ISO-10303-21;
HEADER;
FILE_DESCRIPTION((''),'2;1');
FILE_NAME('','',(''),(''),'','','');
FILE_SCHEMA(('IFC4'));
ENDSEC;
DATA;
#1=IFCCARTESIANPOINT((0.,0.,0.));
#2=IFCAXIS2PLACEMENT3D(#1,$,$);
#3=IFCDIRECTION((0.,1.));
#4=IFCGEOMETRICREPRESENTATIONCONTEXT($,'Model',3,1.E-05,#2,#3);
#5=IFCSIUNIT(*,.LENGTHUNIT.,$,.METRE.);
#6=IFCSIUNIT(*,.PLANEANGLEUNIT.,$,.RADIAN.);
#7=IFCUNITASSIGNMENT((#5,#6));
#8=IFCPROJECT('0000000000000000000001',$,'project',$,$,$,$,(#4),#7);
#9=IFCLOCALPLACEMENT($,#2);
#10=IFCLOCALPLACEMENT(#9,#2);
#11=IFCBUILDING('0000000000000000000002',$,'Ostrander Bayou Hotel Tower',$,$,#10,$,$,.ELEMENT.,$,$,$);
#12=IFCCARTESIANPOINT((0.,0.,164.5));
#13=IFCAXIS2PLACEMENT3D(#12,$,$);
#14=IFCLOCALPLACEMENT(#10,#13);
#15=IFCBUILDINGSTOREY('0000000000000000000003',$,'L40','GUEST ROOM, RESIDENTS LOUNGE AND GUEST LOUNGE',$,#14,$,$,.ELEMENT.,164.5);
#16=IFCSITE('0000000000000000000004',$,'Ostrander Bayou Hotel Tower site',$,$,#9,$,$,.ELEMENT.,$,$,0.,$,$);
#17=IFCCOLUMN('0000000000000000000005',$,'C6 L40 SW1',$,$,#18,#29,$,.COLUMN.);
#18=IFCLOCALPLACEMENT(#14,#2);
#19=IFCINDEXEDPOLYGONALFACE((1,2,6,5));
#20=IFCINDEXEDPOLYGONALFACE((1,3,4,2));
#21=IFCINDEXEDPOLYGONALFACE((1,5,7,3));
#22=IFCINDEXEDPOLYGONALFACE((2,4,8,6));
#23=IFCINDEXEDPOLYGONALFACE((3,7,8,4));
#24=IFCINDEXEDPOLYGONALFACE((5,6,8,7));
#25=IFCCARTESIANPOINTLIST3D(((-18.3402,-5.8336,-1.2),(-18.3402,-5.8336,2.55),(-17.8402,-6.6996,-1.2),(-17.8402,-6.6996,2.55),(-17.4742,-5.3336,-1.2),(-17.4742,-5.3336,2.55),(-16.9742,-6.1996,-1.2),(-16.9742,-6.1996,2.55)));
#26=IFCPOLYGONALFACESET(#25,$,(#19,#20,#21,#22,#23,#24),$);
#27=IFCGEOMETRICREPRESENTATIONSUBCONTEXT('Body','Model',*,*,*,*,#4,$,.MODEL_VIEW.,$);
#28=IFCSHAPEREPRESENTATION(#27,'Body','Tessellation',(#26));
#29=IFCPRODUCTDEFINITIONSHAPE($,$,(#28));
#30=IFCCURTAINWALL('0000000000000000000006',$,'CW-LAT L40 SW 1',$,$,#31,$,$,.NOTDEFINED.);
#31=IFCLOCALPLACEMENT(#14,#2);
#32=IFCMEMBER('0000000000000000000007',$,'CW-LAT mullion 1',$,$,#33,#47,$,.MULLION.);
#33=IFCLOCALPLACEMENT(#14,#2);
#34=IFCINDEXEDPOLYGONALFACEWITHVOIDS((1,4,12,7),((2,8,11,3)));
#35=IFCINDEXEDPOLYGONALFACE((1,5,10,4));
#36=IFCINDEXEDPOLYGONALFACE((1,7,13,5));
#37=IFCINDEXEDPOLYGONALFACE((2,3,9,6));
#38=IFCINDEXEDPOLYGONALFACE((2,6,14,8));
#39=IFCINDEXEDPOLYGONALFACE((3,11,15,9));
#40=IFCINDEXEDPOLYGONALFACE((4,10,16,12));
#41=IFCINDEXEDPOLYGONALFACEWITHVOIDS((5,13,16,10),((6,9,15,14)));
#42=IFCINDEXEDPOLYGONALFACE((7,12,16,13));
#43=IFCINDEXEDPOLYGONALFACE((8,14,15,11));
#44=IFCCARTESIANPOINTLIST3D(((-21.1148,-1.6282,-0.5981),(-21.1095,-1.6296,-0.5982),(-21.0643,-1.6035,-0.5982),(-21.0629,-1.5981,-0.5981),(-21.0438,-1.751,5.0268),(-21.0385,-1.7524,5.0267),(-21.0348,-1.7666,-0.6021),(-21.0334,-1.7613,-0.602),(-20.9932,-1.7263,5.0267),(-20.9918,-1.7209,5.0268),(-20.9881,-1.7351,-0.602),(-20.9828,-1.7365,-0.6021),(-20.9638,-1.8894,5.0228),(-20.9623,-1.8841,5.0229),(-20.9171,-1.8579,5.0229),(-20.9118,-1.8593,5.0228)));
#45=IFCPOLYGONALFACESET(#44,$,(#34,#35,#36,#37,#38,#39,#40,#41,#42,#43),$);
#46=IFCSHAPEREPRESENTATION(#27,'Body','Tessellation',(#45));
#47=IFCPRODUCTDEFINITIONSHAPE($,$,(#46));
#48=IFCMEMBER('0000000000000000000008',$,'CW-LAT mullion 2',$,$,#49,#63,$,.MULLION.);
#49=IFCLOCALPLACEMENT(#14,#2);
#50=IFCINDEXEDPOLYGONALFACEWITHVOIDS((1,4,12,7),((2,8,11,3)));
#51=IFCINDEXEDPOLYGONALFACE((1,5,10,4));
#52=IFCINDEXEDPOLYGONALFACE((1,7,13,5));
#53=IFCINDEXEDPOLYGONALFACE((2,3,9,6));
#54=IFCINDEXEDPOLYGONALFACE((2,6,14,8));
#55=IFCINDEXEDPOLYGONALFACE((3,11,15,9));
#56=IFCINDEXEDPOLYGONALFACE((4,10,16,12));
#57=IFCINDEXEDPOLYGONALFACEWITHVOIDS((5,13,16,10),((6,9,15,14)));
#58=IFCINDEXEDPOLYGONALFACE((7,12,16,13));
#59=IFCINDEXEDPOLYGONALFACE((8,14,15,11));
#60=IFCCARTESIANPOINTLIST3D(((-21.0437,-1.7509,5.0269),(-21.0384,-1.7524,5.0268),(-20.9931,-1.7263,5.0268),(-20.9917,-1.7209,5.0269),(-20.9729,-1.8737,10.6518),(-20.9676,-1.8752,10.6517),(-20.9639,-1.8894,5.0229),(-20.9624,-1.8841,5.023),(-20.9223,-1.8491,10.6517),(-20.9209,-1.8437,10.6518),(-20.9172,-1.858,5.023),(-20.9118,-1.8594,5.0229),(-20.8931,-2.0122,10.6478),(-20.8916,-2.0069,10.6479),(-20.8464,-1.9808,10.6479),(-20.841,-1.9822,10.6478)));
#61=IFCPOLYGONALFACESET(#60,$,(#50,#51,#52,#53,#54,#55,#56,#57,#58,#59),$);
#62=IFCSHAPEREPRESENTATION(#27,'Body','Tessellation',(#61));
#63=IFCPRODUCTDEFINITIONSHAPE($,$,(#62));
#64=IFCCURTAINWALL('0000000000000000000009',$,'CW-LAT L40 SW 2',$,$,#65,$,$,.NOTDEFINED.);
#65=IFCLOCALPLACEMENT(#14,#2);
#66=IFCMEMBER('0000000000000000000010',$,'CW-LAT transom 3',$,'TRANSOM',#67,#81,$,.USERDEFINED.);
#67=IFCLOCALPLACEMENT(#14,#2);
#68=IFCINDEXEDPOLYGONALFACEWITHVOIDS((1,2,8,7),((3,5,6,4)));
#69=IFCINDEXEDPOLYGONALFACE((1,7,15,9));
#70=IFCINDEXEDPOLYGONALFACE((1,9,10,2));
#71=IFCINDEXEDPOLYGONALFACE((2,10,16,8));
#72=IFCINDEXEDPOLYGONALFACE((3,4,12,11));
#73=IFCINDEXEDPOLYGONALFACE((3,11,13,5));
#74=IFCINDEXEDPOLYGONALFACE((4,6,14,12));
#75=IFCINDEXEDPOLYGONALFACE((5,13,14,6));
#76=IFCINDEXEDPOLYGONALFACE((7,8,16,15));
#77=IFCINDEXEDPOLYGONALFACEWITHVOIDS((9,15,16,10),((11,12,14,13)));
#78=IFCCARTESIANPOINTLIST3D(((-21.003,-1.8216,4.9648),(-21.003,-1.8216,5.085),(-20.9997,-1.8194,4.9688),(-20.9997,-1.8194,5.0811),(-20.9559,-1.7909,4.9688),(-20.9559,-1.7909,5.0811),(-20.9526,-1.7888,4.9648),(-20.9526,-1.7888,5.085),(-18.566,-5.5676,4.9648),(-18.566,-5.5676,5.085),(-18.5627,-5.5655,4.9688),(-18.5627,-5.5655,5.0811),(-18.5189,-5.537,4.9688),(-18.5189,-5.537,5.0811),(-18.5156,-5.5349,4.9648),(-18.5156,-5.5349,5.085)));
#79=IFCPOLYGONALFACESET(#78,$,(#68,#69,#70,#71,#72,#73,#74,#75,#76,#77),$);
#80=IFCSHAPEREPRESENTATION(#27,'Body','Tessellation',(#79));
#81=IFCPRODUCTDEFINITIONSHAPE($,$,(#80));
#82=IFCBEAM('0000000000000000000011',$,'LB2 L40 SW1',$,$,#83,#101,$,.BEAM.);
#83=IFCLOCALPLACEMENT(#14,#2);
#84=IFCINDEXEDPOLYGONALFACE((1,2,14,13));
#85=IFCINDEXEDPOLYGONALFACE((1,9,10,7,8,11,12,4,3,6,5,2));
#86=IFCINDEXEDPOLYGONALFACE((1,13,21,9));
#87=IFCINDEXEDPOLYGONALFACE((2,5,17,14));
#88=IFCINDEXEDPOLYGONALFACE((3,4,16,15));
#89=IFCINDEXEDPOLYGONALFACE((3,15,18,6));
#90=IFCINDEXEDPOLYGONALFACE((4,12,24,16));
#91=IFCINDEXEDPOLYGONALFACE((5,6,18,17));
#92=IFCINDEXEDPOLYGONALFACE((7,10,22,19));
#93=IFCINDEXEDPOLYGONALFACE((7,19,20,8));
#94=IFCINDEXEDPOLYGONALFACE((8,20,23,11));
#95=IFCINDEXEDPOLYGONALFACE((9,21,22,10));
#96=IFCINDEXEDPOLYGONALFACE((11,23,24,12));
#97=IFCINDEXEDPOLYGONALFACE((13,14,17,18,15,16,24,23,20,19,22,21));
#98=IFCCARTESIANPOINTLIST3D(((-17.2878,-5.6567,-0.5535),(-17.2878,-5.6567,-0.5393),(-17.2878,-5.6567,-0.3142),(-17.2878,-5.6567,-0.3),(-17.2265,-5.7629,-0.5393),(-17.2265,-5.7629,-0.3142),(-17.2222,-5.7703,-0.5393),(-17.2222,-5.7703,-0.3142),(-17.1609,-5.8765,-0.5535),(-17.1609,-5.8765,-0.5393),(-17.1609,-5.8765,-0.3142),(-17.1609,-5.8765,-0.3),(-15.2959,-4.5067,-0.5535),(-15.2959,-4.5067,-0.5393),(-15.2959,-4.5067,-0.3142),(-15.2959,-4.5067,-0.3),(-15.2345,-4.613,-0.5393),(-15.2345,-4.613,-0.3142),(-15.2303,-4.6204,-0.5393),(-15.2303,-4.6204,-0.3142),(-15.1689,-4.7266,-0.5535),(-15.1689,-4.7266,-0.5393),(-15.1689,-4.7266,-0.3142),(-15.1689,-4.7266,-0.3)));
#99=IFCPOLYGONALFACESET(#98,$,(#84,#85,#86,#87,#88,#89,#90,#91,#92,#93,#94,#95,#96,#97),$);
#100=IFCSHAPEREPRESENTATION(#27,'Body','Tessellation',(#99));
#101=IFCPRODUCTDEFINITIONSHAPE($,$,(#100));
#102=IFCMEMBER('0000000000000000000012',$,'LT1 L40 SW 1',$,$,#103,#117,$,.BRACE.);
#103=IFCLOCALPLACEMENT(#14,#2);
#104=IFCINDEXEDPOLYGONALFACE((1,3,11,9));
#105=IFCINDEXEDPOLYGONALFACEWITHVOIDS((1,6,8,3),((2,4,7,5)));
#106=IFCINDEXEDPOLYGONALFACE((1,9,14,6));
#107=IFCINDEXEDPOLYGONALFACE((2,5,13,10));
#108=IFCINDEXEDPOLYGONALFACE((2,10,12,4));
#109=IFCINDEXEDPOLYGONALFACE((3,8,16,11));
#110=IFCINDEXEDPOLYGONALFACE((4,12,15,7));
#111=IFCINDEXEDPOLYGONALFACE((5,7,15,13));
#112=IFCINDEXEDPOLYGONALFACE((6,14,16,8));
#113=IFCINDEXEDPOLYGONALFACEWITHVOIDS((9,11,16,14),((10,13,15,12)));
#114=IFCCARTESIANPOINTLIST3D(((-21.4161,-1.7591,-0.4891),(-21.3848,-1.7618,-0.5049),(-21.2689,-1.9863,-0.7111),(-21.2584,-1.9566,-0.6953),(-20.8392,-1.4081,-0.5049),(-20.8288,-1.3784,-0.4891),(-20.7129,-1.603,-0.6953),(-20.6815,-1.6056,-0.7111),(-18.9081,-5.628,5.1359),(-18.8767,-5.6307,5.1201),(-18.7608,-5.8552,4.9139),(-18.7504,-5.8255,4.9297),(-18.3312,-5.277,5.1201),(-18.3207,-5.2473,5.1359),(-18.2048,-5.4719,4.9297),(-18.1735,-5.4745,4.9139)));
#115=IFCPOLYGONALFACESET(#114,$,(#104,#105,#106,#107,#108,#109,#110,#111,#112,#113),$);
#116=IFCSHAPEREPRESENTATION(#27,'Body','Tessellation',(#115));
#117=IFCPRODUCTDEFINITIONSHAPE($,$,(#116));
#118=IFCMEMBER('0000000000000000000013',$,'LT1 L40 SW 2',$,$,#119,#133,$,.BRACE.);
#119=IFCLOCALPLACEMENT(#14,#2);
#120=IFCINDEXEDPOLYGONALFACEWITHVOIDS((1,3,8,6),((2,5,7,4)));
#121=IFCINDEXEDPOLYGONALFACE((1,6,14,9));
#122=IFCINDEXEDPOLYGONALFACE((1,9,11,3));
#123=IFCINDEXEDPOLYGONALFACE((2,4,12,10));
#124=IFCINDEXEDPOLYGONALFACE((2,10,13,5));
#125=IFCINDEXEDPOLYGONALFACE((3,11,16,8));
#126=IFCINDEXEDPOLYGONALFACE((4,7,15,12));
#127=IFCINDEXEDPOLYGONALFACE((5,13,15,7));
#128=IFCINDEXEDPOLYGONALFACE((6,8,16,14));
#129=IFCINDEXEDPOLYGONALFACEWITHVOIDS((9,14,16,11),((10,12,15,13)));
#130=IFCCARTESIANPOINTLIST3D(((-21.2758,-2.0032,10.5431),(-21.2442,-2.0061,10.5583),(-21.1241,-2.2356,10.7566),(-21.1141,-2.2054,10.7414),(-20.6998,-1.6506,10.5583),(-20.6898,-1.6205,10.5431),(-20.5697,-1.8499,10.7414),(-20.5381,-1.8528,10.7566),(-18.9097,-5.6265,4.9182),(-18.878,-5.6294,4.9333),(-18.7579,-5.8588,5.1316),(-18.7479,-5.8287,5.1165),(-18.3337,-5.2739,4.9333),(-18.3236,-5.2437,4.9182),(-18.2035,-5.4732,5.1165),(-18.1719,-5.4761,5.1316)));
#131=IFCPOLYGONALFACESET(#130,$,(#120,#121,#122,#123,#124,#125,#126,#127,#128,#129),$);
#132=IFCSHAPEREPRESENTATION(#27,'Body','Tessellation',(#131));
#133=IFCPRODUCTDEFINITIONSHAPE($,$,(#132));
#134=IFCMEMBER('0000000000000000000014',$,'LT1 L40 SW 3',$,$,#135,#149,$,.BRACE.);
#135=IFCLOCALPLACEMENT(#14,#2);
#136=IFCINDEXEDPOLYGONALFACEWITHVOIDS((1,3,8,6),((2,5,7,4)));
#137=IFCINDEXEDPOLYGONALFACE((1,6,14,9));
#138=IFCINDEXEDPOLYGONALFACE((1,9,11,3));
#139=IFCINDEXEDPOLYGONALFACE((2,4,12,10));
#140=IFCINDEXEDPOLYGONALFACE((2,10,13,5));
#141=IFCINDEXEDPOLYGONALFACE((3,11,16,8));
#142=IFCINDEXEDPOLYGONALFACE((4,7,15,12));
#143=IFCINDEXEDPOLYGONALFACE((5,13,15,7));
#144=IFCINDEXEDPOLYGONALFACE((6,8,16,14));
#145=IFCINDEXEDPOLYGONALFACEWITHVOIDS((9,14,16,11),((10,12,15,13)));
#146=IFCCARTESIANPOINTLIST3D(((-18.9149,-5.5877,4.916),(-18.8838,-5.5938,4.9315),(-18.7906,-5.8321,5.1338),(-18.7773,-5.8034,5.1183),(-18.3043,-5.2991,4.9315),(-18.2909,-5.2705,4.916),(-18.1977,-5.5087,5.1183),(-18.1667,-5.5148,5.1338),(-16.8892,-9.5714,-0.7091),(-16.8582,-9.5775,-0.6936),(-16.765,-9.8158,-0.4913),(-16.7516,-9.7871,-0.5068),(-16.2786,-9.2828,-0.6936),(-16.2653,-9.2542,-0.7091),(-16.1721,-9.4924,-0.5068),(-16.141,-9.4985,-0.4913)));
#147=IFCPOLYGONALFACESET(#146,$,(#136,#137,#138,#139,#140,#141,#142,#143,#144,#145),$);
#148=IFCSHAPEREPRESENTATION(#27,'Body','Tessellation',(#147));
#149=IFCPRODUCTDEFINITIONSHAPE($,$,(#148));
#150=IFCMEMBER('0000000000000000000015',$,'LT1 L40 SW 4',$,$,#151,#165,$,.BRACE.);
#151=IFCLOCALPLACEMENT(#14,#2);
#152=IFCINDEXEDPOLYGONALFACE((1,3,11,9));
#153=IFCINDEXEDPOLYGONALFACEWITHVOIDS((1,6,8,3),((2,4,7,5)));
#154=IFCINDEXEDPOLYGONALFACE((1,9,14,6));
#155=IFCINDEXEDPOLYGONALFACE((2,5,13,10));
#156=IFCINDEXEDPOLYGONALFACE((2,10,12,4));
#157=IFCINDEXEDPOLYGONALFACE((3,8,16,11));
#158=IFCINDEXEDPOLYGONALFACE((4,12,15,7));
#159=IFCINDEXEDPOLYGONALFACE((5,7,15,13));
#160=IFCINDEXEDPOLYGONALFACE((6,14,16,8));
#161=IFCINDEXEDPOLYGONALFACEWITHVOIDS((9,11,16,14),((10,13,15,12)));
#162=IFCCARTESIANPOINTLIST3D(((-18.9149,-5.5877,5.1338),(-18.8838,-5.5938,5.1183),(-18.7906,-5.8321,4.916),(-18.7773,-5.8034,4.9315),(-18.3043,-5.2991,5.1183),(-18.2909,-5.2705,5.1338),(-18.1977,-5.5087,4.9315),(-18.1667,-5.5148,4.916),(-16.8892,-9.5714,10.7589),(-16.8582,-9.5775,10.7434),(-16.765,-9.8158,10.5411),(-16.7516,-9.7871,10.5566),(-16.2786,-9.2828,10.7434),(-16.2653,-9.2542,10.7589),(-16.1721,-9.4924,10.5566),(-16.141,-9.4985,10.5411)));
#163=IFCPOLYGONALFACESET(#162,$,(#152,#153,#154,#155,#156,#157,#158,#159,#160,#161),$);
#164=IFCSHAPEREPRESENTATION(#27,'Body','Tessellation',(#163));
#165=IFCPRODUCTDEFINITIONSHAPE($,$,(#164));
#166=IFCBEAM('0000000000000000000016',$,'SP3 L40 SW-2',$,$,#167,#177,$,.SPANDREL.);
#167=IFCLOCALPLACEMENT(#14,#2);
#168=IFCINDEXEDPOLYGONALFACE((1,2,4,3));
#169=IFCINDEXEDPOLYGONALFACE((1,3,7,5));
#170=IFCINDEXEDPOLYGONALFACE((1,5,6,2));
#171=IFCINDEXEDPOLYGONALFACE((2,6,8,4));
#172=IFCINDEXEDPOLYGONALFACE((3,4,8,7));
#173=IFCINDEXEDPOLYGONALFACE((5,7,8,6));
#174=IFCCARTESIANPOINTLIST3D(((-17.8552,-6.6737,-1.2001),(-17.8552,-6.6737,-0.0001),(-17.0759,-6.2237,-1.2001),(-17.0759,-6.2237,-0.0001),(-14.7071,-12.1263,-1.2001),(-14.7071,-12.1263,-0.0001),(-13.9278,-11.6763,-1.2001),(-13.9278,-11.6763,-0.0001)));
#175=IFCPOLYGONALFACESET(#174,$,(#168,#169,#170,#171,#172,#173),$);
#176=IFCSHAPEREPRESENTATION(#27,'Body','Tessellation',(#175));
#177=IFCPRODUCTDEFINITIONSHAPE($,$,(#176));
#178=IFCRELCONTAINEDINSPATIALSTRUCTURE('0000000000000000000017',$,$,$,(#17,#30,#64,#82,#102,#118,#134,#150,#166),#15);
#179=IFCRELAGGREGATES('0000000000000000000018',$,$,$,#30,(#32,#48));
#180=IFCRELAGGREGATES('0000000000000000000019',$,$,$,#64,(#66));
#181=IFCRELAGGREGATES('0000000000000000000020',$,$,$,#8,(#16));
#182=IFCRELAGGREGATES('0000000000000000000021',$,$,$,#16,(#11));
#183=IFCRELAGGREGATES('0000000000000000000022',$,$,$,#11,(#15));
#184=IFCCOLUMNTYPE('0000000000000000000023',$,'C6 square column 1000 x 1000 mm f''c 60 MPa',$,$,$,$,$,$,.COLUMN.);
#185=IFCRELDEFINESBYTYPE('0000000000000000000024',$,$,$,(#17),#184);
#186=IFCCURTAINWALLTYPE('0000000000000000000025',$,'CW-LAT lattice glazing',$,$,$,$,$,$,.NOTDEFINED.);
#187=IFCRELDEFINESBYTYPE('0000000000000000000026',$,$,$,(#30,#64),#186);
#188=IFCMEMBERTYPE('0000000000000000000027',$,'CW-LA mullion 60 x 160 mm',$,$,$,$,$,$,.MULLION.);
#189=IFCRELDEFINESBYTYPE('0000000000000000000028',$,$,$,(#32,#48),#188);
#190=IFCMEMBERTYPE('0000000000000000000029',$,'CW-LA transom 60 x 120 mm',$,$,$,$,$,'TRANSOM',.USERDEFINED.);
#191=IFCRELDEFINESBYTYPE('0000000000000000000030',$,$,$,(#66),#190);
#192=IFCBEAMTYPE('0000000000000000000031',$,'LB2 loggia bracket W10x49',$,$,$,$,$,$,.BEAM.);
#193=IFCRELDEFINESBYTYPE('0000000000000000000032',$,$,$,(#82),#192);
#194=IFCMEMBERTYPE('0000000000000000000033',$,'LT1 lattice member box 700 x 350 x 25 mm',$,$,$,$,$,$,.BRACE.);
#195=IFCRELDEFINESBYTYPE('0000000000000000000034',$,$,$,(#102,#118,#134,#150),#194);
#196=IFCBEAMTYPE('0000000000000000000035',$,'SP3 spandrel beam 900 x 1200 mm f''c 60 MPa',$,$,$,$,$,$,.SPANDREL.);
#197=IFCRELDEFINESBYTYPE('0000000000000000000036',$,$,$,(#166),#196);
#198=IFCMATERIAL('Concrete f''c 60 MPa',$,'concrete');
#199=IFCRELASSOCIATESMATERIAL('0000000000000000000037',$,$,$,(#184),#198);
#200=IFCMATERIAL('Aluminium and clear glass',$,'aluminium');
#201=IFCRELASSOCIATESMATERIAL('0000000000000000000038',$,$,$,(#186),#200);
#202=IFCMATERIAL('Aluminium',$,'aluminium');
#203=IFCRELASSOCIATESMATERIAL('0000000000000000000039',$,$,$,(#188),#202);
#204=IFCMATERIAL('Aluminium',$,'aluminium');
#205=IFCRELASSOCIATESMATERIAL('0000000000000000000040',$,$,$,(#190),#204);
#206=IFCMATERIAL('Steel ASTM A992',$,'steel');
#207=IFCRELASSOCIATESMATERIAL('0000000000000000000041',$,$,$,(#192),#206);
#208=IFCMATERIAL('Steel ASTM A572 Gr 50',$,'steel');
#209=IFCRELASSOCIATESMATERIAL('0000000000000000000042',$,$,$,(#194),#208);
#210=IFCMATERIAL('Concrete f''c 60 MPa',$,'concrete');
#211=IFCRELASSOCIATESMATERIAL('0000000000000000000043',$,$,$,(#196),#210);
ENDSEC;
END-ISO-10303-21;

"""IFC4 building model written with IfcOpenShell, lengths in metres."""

from ifc_helpers import new_model, si_unit, direction, frame, origin, origin_2d, place, context, subcontext, project, spatial, rectangle, hollow_rectangle, i_section, extrude, material, material_profile, profile_set, type_object, element, aggregate, save


model = new_model("IFC4")

# Units and contexts
model_context = context("Model", 3, precision=1e-05, world=origin(), true_north=direction((0.0, 1.0)))
body_context = subcontext(model_context, "Body", "Model", "MODEL_VIEW")
ifc_project = project(units=[si_unit("LENGTHUNIT", "METRE"), si_unit("PLANEANGLEUNIT", "RADIAN")], contexts=[model_context])

# Site, building, storey
site_placement = place(None, origin())
site = spatial("IfcSite", under=ifc_project, at=site_placement, Name="Ostrander Bayou Hotel Tower site", CompositionType="ELEMENT", RefElevation=0.0)
building_placement = place(site_placement, origin())
building = spatial("IfcBuilding", under=site, at=building_placement, Name="Ostrander Bayou Hotel Tower", CompositionType="ELEMENT")
storey_placement = place(building_placement, frame((0.0, 0.0, 164.5)))
storey = spatial("IfcBuildingStorey", under=building, at=storey_placement, Name="L40", Description="GUEST ROOM, RESIDENTS LOUNGE AND GUEST LOUNGE", CompositionType="ELEMENT", Elevation=164.5)

# Column
ifc_material_1 = material(Name="Concrete f'c 60 MPa", Category="concrete")
ifc_material_profile_1 = material_profile(ifc_material_1, rectangle(XDim=1.0, YDim=1.0, at=origin_2d()))
ifc_profile_set_1 = profile_set([ifc_material_profile_1], Name="Concrete f'c 60 MPa")
column_type = type_object("IfcColumnType", Name="C6 square column 1000 x 1000 mm f'c 60 MPa", PredefinedType="COLUMN", material=ifc_profile_set_1)
column_placement = place(storey_placement, frame((-17.6572, -6.0166, -1.2), z_axis=(0.0, 0.0, 1.0), x_axis=(-0.5, 0.866025, 0.0)))
element("IfcColumn", 1, at=column_placement, inside=storey, type_object=column_type, Name="C6 L40 SW1", PredefinedType="COLUMN", context=body_context, shape_type="SweptSolid", body=[
    extrude(rectangle(XDim=1.0, YDim=1.0, at=origin_2d()), origin(), (0.0, 0.0, 1.0), 3.75),
])

# Curtain wall, members
ifc_material_2 = material(Name="Aluminium and clear glass", Category="aluminium")
curtain_wall_type = type_object("IfcCurtainWallType", Name="CW-LAT lattice glazing", PredefinedType="NOTDEFINED", material=ifc_material_2)
curtain_wall_1_placement = place(storey_placement, origin())
curtain_wall_1 = element("IfcCurtainWall", 2, at=curtain_wall_1_placement, inside=storey, type_object=curtain_wall_type, Name="CW-LAT L40 SW 1", PredefinedType="NOTDEFINED")
ifc_material_3 = material(Name="Aluminium", Category="aluminium")
ifc_material_profile_2 = material_profile(ifc_material_3, hollow_rectangle(XDim=0.0601, YDim=0.1599, WallThickness=0.0039, at=origin_2d()))
ifc_profile_set_2 = profile_set([ifc_material_profile_2], Name="Aluminium")
member_type_1 = type_object("IfcMemberType", Name="CW-LA mullion 60 x 160 mm", PredefinedType="MULLION", material=ifc_profile_set_2)
member_1_placement = place(storey_placement, frame((-21.0488, -1.6824, -0.6001), z_axis=(0.012626, -0.021825, 0.999682), x_axis=(0.865583, 0.500765, 0.0)))
member_1 = element("IfcMember", 3, at=member_1_placement, type_object=member_type_1, Name="CW-LAT mullion 1", PredefinedType="MULLION", context=body_context, shape_type="SweptSolid", body=[
    extrude(hollow_rectangle(XDim=0.0601, YDim=0.1599, WallThickness=0.0039, at=origin_2d()), origin(), (0.0, 0.0, 1.0), 5.6267),
])
member_2_placement = place(storey_placement, frame((-20.9778, -1.8052, 5.0249), z_axis=(0.012583, -0.021825, 0.999683), x_axis=(0.866329, 0.499474, 0.0)))
member_2 = element("IfcMember", 4, at=member_2_placement, type_object=member_type_1, Name="CW-LAT mullion 2", PredefinedType="MULLION", context=body_context, shape_type="SweptSolid", body=[
    extrude(hollow_rectangle(XDim=0.0601, YDim=0.1599, WallThickness=0.0039, at=origin_2d()), origin(), (0.0, 0.0, 1.0), 5.6267),
])

# Curtain wall, member
curtain_wall_2_placement = place(storey_placement, origin())
curtain_wall_2 = element("IfcCurtainWall", 5, at=curtain_wall_2_placement, inside=storey, type_object=curtain_wall_type, Name="CW-LAT L40 SW 2", PredefinedType="NOTDEFINED")
ifc_material_4 = material(Name="Aluminium", Category="aluminium")
ifc_material_profile_3 = material_profile(ifc_material_4, hollow_rectangle(XDim=0.0601, YDim=0.1201, WallThickness=0.0039, at=origin_2d()))
ifc_profile_set_3 = profile_set([ifc_material_profile_3], Name="Aluminium")
member_type_2 = type_object("IfcMemberType", Name="CW-LA transom 60 x 120 mm", ElementType="TRANSOM", PredefinedType="USERDEFINED", material=ifc_profile_set_3)
member_3_placement = place(storey_placement, frame((-20.9778, -1.8052, 5.0249), z_axis=(0.545311, -0.838234, 0.0), x_axis=(0.838234, 0.545311, 0.0)))
member_3 = element("IfcMember", 6, at=member_3_placement, type_object=member_type_2, Name="CW-LAT transom 3", ObjectType="TRANSOM", PredefinedType="USERDEFINED", context=body_context, shape_type="SweptSolid", body=[
    extrude(hollow_rectangle(XDim=0.0601, YDim=0.1201, WallThickness=0.0039, at=origin_2d()), origin(), (0.0, 0.0, 1.0), 4.469),
])

# Beam
ifc_material_5 = material(Name="Steel ASTM A992", Category="steel")
ifc_material_profile_4 = material_profile(ifc_material_5, i_section(OverallWidth=0.2539, OverallDepth=0.2534, WebThickness=0.0085, FlangeThickness=0.0142, at=origin_2d()))
ifc_profile_set_4 = profile_set([ifc_material_profile_4], Name="Steel ASTM A992")
beam_type_1 = type_object("IfcBeamType", Name="LB2 loggia bracket W10x49", PredefinedType="BEAM", material=ifc_profile_set_4)
beam_1_placement = place(storey_placement, frame((-17.2244, -5.7666, -0.4268), z_axis=(0.866053, 0.499952, 0.0), x_axis=(-0.499952, 0.866053, 0.0)))
element("IfcBeam", 7, at=beam_1_placement, inside=storey, type_object=beam_type_1, Name="LB2 L40 SW1", PredefinedType="BEAM", context=body_context, shape_type="SweptSolid", body=[
    extrude(i_section(OverallWidth=0.2539, OverallDepth=0.2534, WebThickness=0.0085, FlangeThickness=0.0142, at=origin_2d()), origin(), (0.0, 0.0, 1.0), 2.3),
])

# Members
ifc_material_6 = material(Name="Steel ASTM A572 Gr 50", Category="steel")
ifc_material_profile_5 = material_profile(ifc_material_6, hollow_rectangle(XDim=0.7, YDim=0.3501, WallThickness=0.0249, at=origin_2d()))
ifc_profile_set_5 = profile_set([ifc_material_profile_5], Name="Steel ASTM A572 Gr 50")
member_type_3 = type_object("IfcMemberType", Name="LT1 lattice member box 700 x 350 x 25 mm", PredefinedType="BRACE", material=ifc_profile_set_5)
member_4_placement = place(storey_placement, frame((-18.5408, -5.5513, 5.0249), z_axis=(-0.344836, 0.531939, -0.773388), x_axis=(-0.83911, -0.543962, 0.0)))
element("IfcMember", 8, at=member_4_placement, inside=storey, type_object=member_type_3, Name="LT1 L40 SW 1", PredefinedType="BRACE", context=body_context, shape_type="SweptSolid", body=[
    extrude(hollow_rectangle(XDim=0.7, YDim=0.3501, WallThickness=0.0249, at=origin_2d()), origin(), (0.0, 0.0, 1.0), 7.2732),
])
member_5_placement = place(storey_placement, frame((-18.5408, -5.5513, 5.0249), z_axis=(-0.333409, 0.510536, 0.792585), x_axis=(-0.837273, -0.546786, 0.0)))
element("IfcMember", 9, at=member_5_placement, inside=storey, type_object=member_type_3, Name="LT1 L40 SW 2", PredefinedType="BRACE", context=body_context, shape_type="SweptSolid", body=[
    extrude(hollow_rectangle(XDim=0.7, YDim=0.3501, WallThickness=0.0249, at=origin_2d()), origin(), (0.0, 0.0, 1.0), 7.0969),
])
for number, where, z_axis, x_axis, name in (
    (10, (-18.5408, -5.5513, 5.0249), (0.281956, -0.554498, -0.782964), (0.89138, 0.453256, 0.0), "LT1 L40 SW 3"),
    (11, (-18.5408, -5.5513, 5.0249), (0.281956, -0.554498, 0.782964), (0.89138, 0.453256, 0.0), "LT1 L40 SW 4"),
):
    element("IfcMember", number, at=place(storey_placement, frame(where, z_axis=z_axis, x_axis=x_axis)), inside=storey, type_object=member_type_3, Name=name, PredefinedType="BRACE", context=body_context, shape_type="SweptSolid", body=[
        extrude(hollow_rectangle(XDim=0.7, YDim=0.3501, WallThickness=0.0249, at=origin_2d()), origin(), (0.0, 0.0, 1.0), 7.1843),
    ])

# Beam
ifc_material_7 = material(Name="Concrete f'c 60 MPa", Category="concrete")
ifc_material_profile_6 = material_profile(ifc_material_7, rectangle(XDim=0.8999, YDim=1.2, at=origin_2d()))
ifc_profile_set_6 = profile_set([ifc_material_profile_6], Name="Concrete f'c 60 MPa")
beam_type_2 = type_object("IfcBeamType", Name="SP3 spandrel beam 900 x 1200 mm f'c 60 MPa", PredefinedType="SPANDREL", material=ifc_profile_set_6)
beam_2_placement = place(storey_placement, frame((-17.4656, -6.4487, -0.6001), z_axis=(0.500013, -0.866018, 0.0), x_axis=(0.866018, 0.500013, 0.0)))
element("IfcBeam", 12, at=beam_2_placement, inside=storey, type_object=beam_type_2, Name="SP3 L40 SW-2", PredefinedType="SPANDREL", context=body_context, shape_type="SweptSolid", body=[
    extrude(rectangle(XDim=0.8999, YDim=1.2, at=origin_2d()), origin(), (0.0, 0.0, 1.0), 6.2961),
])

aggregate(curtain_wall_1, [member_1, member_2])
aggregate(curtain_wall_2, [member_3])

save(model, "model.ifc")
